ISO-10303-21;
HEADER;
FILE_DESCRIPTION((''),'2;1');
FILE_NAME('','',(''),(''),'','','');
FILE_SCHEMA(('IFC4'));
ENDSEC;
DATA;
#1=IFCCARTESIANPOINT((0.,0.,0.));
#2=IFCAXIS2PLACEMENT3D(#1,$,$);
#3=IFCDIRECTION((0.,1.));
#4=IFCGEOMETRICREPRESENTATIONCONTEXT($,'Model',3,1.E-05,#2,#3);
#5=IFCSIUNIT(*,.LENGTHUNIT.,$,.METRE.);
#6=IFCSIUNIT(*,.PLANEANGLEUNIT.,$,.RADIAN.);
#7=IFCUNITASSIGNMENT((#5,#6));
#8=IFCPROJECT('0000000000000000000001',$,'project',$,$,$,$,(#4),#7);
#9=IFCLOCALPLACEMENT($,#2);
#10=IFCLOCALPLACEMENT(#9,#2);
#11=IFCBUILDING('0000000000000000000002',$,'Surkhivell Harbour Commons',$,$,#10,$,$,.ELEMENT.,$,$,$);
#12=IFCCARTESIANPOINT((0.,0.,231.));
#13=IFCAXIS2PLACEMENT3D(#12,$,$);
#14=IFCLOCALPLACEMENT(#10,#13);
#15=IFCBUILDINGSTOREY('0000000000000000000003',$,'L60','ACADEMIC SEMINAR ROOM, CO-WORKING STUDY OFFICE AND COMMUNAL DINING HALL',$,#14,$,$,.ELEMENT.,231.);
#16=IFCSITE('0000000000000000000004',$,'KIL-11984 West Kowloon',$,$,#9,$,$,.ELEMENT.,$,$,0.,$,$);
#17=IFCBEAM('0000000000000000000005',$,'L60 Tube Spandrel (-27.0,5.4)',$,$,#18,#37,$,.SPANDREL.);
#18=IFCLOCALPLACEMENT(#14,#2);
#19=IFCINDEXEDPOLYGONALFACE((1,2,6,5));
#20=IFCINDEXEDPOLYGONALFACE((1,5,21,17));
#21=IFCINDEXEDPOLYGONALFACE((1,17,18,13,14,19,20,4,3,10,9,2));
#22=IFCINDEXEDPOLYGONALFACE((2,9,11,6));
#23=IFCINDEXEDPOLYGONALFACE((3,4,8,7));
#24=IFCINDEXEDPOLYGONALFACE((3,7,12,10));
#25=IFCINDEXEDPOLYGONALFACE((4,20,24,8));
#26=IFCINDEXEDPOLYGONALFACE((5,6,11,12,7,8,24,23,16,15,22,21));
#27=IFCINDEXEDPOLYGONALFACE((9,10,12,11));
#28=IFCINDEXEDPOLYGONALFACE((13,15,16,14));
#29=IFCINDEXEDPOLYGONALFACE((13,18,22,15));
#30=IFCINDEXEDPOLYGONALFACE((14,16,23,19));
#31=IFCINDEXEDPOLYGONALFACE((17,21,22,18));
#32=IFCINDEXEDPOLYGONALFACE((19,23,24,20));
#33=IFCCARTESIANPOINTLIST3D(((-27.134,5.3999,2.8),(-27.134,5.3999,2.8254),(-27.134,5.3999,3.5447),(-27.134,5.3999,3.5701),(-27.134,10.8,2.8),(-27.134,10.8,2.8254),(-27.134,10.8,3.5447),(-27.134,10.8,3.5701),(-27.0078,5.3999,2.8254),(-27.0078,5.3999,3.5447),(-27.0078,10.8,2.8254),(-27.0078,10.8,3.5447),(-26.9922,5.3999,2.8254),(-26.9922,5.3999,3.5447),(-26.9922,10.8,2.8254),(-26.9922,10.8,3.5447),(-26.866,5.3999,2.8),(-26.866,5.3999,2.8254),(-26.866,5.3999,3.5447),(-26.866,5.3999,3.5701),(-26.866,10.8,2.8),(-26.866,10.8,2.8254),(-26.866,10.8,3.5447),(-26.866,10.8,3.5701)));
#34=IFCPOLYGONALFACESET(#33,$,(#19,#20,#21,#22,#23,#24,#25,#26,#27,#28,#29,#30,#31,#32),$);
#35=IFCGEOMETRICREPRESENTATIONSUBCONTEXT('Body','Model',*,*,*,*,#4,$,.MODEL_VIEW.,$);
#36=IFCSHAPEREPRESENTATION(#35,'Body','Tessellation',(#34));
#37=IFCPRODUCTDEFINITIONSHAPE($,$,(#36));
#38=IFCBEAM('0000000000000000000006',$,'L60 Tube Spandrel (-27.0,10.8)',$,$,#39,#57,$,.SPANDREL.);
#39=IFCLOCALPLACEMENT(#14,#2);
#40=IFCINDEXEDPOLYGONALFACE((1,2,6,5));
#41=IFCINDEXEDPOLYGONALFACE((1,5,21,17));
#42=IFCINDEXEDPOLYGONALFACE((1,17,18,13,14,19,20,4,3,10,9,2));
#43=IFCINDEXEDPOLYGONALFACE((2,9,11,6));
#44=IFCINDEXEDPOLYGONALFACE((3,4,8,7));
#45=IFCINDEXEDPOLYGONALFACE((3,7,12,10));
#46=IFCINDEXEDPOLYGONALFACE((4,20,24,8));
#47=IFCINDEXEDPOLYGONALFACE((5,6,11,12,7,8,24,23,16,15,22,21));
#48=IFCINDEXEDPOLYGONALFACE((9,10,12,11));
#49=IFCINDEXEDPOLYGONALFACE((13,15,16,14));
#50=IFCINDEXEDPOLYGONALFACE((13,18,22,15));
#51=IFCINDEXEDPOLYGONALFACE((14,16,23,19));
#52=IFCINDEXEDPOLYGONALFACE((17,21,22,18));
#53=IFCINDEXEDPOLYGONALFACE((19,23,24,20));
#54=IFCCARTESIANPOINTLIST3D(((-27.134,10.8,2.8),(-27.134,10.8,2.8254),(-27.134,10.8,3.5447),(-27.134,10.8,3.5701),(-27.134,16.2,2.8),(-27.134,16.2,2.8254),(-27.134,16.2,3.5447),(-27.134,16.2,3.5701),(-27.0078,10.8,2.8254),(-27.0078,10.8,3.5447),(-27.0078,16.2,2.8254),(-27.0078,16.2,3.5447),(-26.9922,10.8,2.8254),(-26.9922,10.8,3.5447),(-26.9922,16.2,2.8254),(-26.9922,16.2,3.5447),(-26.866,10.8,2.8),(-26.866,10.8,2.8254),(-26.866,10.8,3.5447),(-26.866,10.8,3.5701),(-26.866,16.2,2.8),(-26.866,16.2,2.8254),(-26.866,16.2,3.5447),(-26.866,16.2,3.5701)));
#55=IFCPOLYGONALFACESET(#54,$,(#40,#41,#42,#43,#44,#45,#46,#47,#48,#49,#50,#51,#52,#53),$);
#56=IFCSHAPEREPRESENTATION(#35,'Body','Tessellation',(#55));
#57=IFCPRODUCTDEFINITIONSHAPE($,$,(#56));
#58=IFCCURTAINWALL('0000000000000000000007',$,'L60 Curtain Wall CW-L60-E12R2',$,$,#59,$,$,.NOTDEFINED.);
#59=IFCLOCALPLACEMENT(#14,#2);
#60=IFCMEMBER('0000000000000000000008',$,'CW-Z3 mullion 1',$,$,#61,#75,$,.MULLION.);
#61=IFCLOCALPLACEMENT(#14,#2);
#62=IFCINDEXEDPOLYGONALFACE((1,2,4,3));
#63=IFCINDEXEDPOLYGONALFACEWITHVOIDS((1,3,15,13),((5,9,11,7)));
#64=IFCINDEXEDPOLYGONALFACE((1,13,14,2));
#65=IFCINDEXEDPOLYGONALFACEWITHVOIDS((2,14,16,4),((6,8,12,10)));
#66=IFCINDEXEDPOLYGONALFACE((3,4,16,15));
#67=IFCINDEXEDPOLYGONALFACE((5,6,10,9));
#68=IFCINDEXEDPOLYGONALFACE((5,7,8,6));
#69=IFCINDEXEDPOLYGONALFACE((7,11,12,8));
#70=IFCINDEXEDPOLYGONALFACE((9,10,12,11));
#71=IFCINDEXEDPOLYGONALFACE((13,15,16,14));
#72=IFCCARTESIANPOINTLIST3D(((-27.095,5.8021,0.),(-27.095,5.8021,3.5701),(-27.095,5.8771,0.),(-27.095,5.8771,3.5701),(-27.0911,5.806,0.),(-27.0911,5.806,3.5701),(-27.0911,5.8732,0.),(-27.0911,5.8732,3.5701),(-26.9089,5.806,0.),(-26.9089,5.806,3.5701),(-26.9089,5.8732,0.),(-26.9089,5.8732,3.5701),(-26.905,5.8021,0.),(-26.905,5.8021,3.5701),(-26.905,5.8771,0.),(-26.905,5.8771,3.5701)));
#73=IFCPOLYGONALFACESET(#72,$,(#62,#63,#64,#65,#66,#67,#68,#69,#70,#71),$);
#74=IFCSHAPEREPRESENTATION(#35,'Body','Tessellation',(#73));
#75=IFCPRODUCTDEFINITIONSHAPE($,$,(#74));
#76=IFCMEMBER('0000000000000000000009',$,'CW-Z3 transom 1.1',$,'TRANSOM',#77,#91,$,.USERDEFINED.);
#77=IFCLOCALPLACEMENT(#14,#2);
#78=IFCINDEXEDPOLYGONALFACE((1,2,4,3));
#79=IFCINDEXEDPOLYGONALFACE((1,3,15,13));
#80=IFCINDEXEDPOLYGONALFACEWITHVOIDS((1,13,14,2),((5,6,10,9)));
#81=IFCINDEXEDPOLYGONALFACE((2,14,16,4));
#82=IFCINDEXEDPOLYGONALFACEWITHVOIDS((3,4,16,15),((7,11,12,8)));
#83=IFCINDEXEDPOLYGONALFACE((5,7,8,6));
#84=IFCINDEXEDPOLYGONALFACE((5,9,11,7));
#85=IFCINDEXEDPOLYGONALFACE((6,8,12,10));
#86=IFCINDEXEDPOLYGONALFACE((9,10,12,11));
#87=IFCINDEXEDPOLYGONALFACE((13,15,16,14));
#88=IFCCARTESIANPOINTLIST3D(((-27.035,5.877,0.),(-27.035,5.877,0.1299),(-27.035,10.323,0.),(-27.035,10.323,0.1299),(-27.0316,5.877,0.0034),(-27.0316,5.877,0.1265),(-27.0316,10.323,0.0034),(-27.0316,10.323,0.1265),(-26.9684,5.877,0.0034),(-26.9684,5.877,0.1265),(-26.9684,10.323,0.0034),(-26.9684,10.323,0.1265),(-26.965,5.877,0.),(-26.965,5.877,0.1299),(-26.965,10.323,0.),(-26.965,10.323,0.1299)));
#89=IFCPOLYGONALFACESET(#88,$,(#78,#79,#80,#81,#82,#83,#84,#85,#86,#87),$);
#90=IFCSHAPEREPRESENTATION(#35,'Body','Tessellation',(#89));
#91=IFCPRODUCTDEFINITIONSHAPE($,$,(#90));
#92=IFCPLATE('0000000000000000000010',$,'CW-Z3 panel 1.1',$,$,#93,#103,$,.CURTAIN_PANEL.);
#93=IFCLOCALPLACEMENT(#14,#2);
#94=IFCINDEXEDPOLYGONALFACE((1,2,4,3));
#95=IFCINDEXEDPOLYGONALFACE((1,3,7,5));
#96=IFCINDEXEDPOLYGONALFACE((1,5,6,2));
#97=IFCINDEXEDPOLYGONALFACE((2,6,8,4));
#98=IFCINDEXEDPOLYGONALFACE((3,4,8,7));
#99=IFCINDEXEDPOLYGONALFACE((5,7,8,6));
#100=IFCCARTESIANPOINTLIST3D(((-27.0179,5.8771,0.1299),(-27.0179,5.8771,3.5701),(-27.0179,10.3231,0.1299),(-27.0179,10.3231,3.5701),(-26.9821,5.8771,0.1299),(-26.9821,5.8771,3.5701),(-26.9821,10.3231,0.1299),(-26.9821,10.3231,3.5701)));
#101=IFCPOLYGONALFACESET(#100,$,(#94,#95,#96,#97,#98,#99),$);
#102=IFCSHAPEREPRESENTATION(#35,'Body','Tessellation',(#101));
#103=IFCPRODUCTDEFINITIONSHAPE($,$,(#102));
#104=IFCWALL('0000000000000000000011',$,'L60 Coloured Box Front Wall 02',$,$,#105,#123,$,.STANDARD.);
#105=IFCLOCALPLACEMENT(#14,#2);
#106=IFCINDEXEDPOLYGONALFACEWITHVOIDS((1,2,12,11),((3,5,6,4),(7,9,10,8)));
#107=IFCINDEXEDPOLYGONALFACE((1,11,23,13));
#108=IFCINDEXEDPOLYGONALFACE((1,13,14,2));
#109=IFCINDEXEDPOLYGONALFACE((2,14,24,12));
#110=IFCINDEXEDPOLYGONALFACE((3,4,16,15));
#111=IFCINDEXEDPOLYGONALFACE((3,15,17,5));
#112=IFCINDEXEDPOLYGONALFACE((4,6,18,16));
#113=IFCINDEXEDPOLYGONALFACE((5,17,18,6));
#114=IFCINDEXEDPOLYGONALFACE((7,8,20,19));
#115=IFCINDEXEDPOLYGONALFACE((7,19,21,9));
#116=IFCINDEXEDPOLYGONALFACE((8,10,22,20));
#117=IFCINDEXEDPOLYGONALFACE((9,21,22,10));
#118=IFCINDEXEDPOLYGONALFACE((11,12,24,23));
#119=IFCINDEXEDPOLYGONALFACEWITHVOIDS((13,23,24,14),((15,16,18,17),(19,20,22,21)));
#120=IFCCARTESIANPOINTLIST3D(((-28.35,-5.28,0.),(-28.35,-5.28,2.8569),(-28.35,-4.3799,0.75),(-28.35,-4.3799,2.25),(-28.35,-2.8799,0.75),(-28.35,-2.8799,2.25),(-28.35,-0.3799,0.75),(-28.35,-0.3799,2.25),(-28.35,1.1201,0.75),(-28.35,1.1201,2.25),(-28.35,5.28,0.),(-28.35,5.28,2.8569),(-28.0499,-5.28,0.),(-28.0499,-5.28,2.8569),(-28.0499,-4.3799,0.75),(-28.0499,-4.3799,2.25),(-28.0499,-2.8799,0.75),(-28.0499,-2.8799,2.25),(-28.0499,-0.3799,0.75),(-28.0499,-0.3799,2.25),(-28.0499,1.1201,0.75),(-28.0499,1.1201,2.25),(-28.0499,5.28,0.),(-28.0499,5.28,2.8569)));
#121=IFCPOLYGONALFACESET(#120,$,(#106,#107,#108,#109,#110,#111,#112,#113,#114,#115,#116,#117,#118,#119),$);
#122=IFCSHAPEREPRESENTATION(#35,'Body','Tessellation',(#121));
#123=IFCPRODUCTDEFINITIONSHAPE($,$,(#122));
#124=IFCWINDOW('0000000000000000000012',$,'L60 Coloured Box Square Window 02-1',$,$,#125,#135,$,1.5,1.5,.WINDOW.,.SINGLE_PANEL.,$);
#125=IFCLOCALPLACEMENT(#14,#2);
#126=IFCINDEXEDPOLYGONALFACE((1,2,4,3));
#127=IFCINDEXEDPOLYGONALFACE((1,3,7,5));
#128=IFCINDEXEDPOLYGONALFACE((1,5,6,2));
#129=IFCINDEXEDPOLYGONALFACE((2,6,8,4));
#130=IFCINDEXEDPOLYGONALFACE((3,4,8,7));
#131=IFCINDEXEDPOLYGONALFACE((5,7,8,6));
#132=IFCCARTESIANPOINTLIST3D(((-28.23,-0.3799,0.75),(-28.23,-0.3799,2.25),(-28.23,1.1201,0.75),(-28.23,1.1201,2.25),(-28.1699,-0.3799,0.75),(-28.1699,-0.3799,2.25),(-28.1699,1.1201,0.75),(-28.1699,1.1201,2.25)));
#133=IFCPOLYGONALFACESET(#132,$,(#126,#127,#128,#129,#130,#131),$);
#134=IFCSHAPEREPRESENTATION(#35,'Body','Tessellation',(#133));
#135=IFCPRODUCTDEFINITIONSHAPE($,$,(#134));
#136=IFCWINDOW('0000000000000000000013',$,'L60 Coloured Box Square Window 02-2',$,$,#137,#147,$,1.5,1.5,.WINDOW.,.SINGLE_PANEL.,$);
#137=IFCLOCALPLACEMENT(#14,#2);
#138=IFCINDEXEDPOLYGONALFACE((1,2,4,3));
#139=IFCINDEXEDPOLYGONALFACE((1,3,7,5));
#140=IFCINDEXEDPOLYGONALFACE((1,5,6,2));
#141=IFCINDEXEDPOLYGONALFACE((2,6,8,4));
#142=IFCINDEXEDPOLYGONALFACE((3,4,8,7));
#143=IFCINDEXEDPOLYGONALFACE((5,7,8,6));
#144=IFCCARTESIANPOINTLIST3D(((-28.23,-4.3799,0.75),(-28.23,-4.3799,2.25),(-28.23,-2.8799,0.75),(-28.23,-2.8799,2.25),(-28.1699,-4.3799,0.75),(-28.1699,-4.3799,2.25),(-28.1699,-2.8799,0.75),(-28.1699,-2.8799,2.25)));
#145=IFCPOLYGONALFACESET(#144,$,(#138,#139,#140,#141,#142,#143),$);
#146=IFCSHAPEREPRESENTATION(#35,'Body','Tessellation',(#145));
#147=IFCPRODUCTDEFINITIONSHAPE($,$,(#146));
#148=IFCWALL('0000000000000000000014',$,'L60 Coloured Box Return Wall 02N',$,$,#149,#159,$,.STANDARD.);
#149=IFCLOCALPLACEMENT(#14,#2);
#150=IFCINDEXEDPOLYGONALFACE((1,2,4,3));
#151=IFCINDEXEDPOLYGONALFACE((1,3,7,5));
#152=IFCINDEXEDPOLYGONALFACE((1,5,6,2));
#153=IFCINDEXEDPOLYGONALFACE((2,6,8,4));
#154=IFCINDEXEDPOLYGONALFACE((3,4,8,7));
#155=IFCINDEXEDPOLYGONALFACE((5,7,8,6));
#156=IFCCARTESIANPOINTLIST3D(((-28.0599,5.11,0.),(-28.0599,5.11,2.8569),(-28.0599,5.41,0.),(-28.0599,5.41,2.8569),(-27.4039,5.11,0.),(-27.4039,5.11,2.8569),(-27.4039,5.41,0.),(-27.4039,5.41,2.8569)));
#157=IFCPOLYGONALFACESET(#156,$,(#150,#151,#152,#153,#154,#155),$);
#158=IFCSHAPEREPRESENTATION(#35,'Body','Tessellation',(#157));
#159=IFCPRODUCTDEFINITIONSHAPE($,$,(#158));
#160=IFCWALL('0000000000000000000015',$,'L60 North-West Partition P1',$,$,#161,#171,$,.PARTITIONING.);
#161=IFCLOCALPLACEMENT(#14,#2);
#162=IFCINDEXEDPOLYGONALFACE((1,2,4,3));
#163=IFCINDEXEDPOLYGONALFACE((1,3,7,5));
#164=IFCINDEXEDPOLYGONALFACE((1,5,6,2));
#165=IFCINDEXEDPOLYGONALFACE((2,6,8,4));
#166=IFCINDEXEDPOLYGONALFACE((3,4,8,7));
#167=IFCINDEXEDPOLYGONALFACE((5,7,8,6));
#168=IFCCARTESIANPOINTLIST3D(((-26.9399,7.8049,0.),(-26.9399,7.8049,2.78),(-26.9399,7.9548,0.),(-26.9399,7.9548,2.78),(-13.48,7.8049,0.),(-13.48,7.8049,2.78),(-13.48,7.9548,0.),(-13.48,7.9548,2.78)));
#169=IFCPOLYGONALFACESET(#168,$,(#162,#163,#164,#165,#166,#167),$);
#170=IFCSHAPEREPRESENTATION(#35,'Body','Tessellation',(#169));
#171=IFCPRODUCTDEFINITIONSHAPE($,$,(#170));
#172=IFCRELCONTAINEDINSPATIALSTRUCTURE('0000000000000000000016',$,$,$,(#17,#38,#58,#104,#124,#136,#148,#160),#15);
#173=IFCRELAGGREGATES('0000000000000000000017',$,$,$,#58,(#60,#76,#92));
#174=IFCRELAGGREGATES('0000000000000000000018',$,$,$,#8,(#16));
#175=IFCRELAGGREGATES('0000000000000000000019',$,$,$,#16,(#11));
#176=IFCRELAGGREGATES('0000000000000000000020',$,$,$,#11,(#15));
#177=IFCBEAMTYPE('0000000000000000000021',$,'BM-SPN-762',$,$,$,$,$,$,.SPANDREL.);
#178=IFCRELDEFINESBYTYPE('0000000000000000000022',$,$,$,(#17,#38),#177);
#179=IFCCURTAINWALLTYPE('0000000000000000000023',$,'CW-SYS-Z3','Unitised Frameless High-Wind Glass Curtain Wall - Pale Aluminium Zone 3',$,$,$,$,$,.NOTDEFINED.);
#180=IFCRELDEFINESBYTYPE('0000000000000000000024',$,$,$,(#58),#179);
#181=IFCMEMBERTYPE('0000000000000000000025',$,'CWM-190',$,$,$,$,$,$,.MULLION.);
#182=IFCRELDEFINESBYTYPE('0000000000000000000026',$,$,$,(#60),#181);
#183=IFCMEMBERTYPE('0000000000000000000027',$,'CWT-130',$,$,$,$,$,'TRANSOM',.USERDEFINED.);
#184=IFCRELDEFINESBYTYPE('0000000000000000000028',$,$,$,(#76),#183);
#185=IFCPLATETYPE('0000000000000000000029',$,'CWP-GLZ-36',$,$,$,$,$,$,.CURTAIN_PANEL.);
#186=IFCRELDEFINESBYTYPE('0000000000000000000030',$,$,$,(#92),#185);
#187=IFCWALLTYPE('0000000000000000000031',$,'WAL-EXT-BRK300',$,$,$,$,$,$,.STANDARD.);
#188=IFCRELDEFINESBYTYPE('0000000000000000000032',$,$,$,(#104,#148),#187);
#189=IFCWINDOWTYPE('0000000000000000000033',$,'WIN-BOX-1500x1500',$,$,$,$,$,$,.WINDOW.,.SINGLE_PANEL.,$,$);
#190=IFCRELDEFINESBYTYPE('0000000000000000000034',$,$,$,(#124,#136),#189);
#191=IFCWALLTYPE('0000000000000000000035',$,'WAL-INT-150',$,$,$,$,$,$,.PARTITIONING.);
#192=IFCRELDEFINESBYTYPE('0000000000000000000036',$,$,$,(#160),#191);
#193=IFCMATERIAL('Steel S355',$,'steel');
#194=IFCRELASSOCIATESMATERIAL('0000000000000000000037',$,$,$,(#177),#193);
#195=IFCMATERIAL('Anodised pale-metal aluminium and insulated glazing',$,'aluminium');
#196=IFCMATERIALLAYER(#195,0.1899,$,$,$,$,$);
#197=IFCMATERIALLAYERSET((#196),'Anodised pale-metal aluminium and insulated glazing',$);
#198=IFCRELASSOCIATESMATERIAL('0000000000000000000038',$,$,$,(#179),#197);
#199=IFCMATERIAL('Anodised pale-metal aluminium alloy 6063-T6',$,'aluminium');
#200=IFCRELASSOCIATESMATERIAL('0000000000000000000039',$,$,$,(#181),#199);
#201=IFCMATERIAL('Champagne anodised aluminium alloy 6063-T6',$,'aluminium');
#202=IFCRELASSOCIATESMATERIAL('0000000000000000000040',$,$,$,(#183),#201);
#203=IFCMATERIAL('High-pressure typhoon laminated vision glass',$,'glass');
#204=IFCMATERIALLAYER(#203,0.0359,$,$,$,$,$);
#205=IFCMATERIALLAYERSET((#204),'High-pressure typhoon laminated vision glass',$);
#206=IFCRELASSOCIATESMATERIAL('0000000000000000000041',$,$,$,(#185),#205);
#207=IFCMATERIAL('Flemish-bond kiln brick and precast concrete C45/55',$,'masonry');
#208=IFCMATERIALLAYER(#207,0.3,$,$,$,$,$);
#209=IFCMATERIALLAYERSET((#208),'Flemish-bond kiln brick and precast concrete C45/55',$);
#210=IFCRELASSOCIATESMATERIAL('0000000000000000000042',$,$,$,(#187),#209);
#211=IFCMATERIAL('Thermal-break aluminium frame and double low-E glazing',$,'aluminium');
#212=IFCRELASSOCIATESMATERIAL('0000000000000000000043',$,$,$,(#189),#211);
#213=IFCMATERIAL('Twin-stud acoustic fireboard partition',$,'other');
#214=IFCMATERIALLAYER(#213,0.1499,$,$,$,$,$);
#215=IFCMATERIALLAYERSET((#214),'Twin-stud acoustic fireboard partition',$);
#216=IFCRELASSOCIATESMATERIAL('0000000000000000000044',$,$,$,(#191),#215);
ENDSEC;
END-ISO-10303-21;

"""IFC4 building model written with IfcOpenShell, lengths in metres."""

from ifc_helpers import new_model, si_unit, direction, frame, frame_2d, origin, origin_2d, place, context, subcontext, project, spatial, rectangle, hollow_rectangle, i_section, extrude, material, layer, layer_set, material_profile, profile_set, type_object, element, fill, aggregate, save


model = new_model("IFC4")

# Units and contexts
model_context = context("Model", 3, precision=1e-05, world=origin(), true_north=direction((0.0, 1.0)))
body_context = subcontext(model_context, "Body", "Model", "MODEL_VIEW")
ifc_project = project(units=[si_unit("LENGTHUNIT", "METRE"), si_unit("PLANEANGLEUNIT", "RADIAN")], contexts=[model_context])

# Site, building, storey
site_placement = place(None, origin())
site = spatial("IfcSite", under=ifc_project, at=site_placement, Name="KIL-11984 West Kowloon", CompositionType="ELEMENT", RefElevation=0.0)
building_placement = place(site_placement, origin())
building = spatial("IfcBuilding", under=site, at=building_placement, Name="Surkhivell Harbour Commons", CompositionType="ELEMENT")
storey_placement = place(building_placement, frame((0.0, 0.0, 231.0)))
storey = spatial("IfcBuildingStorey", under=building, at=storey_placement, Name="L60", Description="ACADEMIC SEMINAR ROOM, CO-WORKING STUDY OFFICE AND COMMUNAL DINING HALL", CompositionType="ELEMENT", Elevation=231.0)

# Beams
ifc_material_1 = material(Name="Steel S355", Category="steel")
ifc_material_profile_1 = material_profile(ifc_material_1, i_section(OverallWidth=0.2681, OverallDepth=0.77, WebThickness=0.0156, FlangeThickness=0.0254, at=origin_2d()), Name="UB762x267x197")
ifc_profile_set_1 = profile_set([ifc_material_profile_1], Name="Steel S355")
beam_type_1 = type_object("IfcBeamType", Name="BM-SPN-762", PredefinedType="SPANDREL", material=ifc_profile_set_1)
beam_1_placement = place(storey_placement, frame((-27.0, 5.3999, 3.1851), z_axis=(0.0, 1.0, 0.0), x_axis=(-1.0, 0.0, 0.0)))
element("IfcBeam", 1, at=beam_1_placement, inside=storey, type_object=beam_type_1, Name="L60 Tube Spandrel (-27.0,5.4)", PredefinedType="SPANDREL", context=body_context, shape_type="SweptSolid", body=[
    extrude(i_section(OverallWidth=0.2681, OverallDepth=0.77, WebThickness=0.0156, FlangeThickness=0.0254, at=origin_2d()), origin(), (0.0, 0.0, 1.0), 5.4001),
])
beam_2_placement = place(storey_placement, frame((-27.0, 10.8, 3.1851), z_axis=(0.0, 1.0, 0.0), x_axis=(-1.0, 0.0, 0.0)))
element("IfcBeam", 2, at=beam_2_placement, inside=storey, type_object=beam_type_1, Name="L60 Tube Spandrel (-27.0,10.8)", PredefinedType="SPANDREL", context=body_context, shape_type="SweptSolid", body=[
    extrude(i_section(OverallWidth=0.2681, OverallDepth=0.77, WebThickness=0.0156, FlangeThickness=0.0254, at=origin_2d()), origin(), (0.0, 0.0, 1.0), 5.3999),
])

# Curtain wall, members, plate
ifc_material_2 = material(Name="Anodised pale-metal aluminium and insulated glazing", Category="aluminium")
ifc_layer_1 = layer(ifc_material_2, 0.1899)
ifc_layer_set_1 = layer_set([ifc_layer_1], Name="Anodised pale-metal aluminium and insulated glazing")
curtain_wall_type = type_object("IfcCurtainWallType", Name="CW-SYS-Z3", Description="Unitised Frameless High-Wind Glass Curtain Wall - Pale Aluminium Zone 3", PredefinedType="NOTDEFINED", material=ifc_layer_set_1)
curtain_wall_placement = place(storey_placement, origin())
curtain_wall = element("IfcCurtainWall", 3, at=curtain_wall_placement, inside=storey, type_object=curtain_wall_type, Name="L60 Curtain Wall CW-L60-E12R2", PredefinedType="NOTDEFINED")
ifc_material_3 = material(Name="Anodised pale-metal aluminium alloy 6063-T6", Category="aluminium")
ifc_material_profile_2 = material_profile(ifc_material_3, hollow_rectangle(XDim=0.075, YDim=0.1899, WallThickness=0.0039, at=origin_2d()), Name="ALU-MULL-75x190")
ifc_profile_set_2 = profile_set([ifc_material_profile_2], Name="Anodised pale-metal aluminium alloy 6063-T6")
member_type_1 = type_object("IfcMemberType", Name="CWM-190", PredefinedType="MULLION", material=ifc_profile_set_2)
member_1_placement = place(storey_placement, frame((-27.0, 5.8396, 0.0), z_axis=(0.0, 0.0, 1.0), x_axis=(0.0, 1.0, 0.0)))
member_1 = element("IfcMember", 4, at=member_1_placement, type_object=member_type_1, Name="CW-Z3 mullion 1", PredefinedType="MULLION", context=body_context, shape_type="SweptSolid", body=[
    extrude(hollow_rectangle(XDim=0.075, YDim=0.1899, WallThickness=0.0039, at=origin_2d()), origin(), (0.0, 0.0, 1.0), 3.5701),
])
ifc_material_4 = material(Name="Champagne anodised aluminium alloy 6063-T6", Category="aluminium")
ifc_material_profile_3 = material_profile(ifc_material_4, hollow_rectangle(XDim=0.0701, YDim=0.1299, WallThickness=0.0034, at=origin_2d()), Name="ALU-TRAN-70x130")
ifc_profile_set_3 = profile_set([ifc_material_profile_3], Name="Champagne anodised aluminium alloy 6063-T6")
member_type_2 = type_object("IfcMemberType", Name="CWT-130", ElementType="TRANSOM", PredefinedType="USERDEFINED", material=ifc_profile_set_3)
member_2_placement = place(storey_placement, frame((-27.0, 5.877, 0.0649), z_axis=(0.0, 1.0, 0.0), x_axis=(-1.0, 0.0, 0.0)))
member_2 = element("IfcMember", 5, at=member_2_placement, type_object=member_type_2, Name="CW-Z3 transom 1.1", ObjectType="TRANSOM", PredefinedType="USERDEFINED", context=body_context, shape_type="SweptSolid", body=[
    extrude(hollow_rectangle(XDim=0.0701, YDim=0.1299, WallThickness=0.0034, at=origin_2d()), origin(), (0.0, 0.0, 1.0), 4.446),
])
ifc_material_5 = material(Name="High-pressure typhoon laminated vision glass", Category="glass")
ifc_layer_2 = layer(ifc_material_5, 0.0359)
ifc_layer_set_2 = layer_set([ifc_layer_2], Name="High-pressure typhoon laminated vision glass")
plate_type = type_object("IfcPlateType", Name="CWP-GLZ-36", PredefinedType="CURTAIN_PANEL", material=ifc_layer_set_2)
plate_placement = place(storey_placement, frame((-27.0, 5.877, 0.1299), z_axis=(0.0, 0.0, 1.0), x_axis=(0.0, 1.0, 0.0)))
plate = element("IfcPlate", 6, at=plate_placement, type_object=plate_type, Name="CW-Z3 panel 1.1", PredefinedType="CURTAIN_PANEL", context=body_context, shape_type="SweptSolid", body=[
    extrude(rectangle(XDim=4.446, YDim=0.0359, at=frame_2d((2.2231, 0.0))), origin(), (0.0, 0.0, 1.0), 3.4402),
])
aggregate(curtain_wall, [member_1, member_2, plate])

# Wall, openings, windows
ifc_material_6 = material(Name="Flemish-bond kiln brick and precast concrete C45/55", Category="masonry")
ifc_layer_3 = layer(ifc_material_6, 0.3)
ifc_layer_set_3 = layer_set([ifc_layer_3], Name="Flemish-bond kiln brick and precast concrete C45/55")
wall_type_1 = type_object("IfcWallType", Name="WAL-EXT-BRK300", PredefinedType="STANDARD", material=ifc_layer_set_3)
wall_1_placement = place(storey_placement, frame((-28.2, 5.28, 0.0), z_axis=(0.0, 0.0, 1.0), x_axis=(0.0, -1.0, 0.0)))
wall_1 = element("IfcWall", 7, at=wall_1_placement, inside=storey, type_object=wall_type_1, Name="L60 Coloured Box Front Wall 02", PredefinedType="STANDARD", context=body_context, shape_type="SweptSolid", body=[
    extrude(rectangle(XDim=10.5601, YDim=0.3, at=frame_2d((5.28, 0.0))), origin(), (0.0, 0.0, 1.0), 2.8569),
])
opening_1_placement = place(wall_1_placement, frame((4.1599, 0.0, 0.75)))
opening_1 = element("IfcOpeningElement", 8, at=opening_1_placement, cuts=wall_1, PredefinedType="OPENING", context=body_context, shape_type="SweptSolid", body=[
    extrude(rectangle(XDim=1.5, YDim=1.5, at=frame_2d((0.75, 0.75))), frame((0.0, 0.1599, 0.0), z_axis=(0.0, -1.0, 0.0), x_axis=(1.0, 0.0, 0.0)), (0.0, 0.0, 1.0), 0.3201),
])
opening_2_placement = place(wall_1_placement, frame((8.1599, 0.0, 0.75)))
opening_2 = element("IfcOpeningElement", 9, at=opening_2_placement, cuts=wall_1, PredefinedType="OPENING", context=body_context, shape_type="SweptSolid", body=[
    extrude(rectangle(XDim=1.5, YDim=1.5, at=frame_2d((0.75, 0.75))), frame((0.0, 0.1599, 0.0), z_axis=(0.0, -1.0, 0.0), x_axis=(1.0, 0.0, 0.0)), (0.0, 0.0, 1.0), 0.3201),
])
ifc_material_7 = material(Name="Thermal-break aluminium frame and double low-E glazing", Category="aluminium")
window_type = type_object("IfcWindowType", Name="WIN-BOX-1500x1500", PartitioningType="SINGLE_PANEL", PredefinedType="WINDOW", material=ifc_material_7)
window_1_placement = place(opening_1_placement, origin())
window_1 = element("IfcWindow", 10, at=window_1_placement, inside=storey, type_object=window_type, Name="L60 Coloured Box Square Window 02-1", OverallHeight=1.5, OverallWidth=1.5, PartitioningType="SINGLE_PANEL", PredefinedType="WINDOW", context=body_context, shape_type="SweptSolid", body=[
    extrude(rectangle(XDim=1.5, YDim=1.5, at=frame_2d((0.75, 0.75))), frame((0.0, 0.03, 0.0), z_axis=(0.0, -1.0, 0.0), x_axis=(1.0, 0.0, 0.0)), (0.0, 0.0, 1.0), 0.0601),
])
fill(opening_1, window_1)
window_2_placement = place(opening_2_placement, origin())
window_2 = element("IfcWindow", 11, at=window_2_placement, inside=storey, type_object=window_type, Name="L60 Coloured Box Square Window 02-2", OverallHeight=1.5, OverallWidth=1.5, PartitioningType="SINGLE_PANEL", PredefinedType="WINDOW", context=body_context, shape_type="SweptSolid", body=[
    extrude(rectangle(XDim=1.5, YDim=1.5, at=frame_2d((0.75, 0.75))), frame((0.0, 0.03, 0.0), z_axis=(0.0, -1.0, 0.0), x_axis=(1.0, 0.0, 0.0)), (0.0, 0.0, 1.0), 0.0601),
])
fill(opening_2, window_2)

# Walls
wall_2_placement = place(storey_placement, frame((-28.0601, 5.26, 0.0), z_axis=(0.0, 0.0, 1.0), x_axis=(1.0, 0.0, 0.0)))
element("IfcWall", 12, at=wall_2_placement, inside=storey, type_object=wall_type_1, Name="L60 Coloured Box Return Wall 02N", PredefinedType="STANDARD", context=body_context, shape_type="SweptSolid", body=[
    extrude(rectangle(XDim=0.656, YDim=0.3, at=frame_2d((0.3281, 0.0))), origin(), (0.0, 0.0, 1.0), 2.8569),
])
ifc_material_8 = material(Name="Twin-stud acoustic fireboard partition", Category="other")
ifc_layer_4 = layer(ifc_material_8, 0.1499)
ifc_layer_set_4 = layer_set([ifc_layer_4], Name="Twin-stud acoustic fireboard partition")
wall_type_2 = type_object("IfcWallType", Name="WAL-INT-150", PredefinedType="PARTITIONING", material=ifc_layer_set_4)
wall_3_placement = place(storey_placement, frame((-26.9399, 7.8799, 0.0), z_axis=(0.0, 0.0, 1.0), x_axis=(1.0, 0.0, 0.0)))
element("IfcWall", 13, at=wall_3_placement, inside=storey, type_object=wall_type_2, Name="L60 North-West Partition P1", PredefinedType="PARTITIONING", context=body_context, shape_type="SweptSolid", body=[
    extrude(rectangle(XDim=13.46, YDim=0.1499, at=frame_2d((6.73, 0.0))), origin(), (0.0, 0.0, 1.0), 2.78),
])

save(model, "model.ifc")
